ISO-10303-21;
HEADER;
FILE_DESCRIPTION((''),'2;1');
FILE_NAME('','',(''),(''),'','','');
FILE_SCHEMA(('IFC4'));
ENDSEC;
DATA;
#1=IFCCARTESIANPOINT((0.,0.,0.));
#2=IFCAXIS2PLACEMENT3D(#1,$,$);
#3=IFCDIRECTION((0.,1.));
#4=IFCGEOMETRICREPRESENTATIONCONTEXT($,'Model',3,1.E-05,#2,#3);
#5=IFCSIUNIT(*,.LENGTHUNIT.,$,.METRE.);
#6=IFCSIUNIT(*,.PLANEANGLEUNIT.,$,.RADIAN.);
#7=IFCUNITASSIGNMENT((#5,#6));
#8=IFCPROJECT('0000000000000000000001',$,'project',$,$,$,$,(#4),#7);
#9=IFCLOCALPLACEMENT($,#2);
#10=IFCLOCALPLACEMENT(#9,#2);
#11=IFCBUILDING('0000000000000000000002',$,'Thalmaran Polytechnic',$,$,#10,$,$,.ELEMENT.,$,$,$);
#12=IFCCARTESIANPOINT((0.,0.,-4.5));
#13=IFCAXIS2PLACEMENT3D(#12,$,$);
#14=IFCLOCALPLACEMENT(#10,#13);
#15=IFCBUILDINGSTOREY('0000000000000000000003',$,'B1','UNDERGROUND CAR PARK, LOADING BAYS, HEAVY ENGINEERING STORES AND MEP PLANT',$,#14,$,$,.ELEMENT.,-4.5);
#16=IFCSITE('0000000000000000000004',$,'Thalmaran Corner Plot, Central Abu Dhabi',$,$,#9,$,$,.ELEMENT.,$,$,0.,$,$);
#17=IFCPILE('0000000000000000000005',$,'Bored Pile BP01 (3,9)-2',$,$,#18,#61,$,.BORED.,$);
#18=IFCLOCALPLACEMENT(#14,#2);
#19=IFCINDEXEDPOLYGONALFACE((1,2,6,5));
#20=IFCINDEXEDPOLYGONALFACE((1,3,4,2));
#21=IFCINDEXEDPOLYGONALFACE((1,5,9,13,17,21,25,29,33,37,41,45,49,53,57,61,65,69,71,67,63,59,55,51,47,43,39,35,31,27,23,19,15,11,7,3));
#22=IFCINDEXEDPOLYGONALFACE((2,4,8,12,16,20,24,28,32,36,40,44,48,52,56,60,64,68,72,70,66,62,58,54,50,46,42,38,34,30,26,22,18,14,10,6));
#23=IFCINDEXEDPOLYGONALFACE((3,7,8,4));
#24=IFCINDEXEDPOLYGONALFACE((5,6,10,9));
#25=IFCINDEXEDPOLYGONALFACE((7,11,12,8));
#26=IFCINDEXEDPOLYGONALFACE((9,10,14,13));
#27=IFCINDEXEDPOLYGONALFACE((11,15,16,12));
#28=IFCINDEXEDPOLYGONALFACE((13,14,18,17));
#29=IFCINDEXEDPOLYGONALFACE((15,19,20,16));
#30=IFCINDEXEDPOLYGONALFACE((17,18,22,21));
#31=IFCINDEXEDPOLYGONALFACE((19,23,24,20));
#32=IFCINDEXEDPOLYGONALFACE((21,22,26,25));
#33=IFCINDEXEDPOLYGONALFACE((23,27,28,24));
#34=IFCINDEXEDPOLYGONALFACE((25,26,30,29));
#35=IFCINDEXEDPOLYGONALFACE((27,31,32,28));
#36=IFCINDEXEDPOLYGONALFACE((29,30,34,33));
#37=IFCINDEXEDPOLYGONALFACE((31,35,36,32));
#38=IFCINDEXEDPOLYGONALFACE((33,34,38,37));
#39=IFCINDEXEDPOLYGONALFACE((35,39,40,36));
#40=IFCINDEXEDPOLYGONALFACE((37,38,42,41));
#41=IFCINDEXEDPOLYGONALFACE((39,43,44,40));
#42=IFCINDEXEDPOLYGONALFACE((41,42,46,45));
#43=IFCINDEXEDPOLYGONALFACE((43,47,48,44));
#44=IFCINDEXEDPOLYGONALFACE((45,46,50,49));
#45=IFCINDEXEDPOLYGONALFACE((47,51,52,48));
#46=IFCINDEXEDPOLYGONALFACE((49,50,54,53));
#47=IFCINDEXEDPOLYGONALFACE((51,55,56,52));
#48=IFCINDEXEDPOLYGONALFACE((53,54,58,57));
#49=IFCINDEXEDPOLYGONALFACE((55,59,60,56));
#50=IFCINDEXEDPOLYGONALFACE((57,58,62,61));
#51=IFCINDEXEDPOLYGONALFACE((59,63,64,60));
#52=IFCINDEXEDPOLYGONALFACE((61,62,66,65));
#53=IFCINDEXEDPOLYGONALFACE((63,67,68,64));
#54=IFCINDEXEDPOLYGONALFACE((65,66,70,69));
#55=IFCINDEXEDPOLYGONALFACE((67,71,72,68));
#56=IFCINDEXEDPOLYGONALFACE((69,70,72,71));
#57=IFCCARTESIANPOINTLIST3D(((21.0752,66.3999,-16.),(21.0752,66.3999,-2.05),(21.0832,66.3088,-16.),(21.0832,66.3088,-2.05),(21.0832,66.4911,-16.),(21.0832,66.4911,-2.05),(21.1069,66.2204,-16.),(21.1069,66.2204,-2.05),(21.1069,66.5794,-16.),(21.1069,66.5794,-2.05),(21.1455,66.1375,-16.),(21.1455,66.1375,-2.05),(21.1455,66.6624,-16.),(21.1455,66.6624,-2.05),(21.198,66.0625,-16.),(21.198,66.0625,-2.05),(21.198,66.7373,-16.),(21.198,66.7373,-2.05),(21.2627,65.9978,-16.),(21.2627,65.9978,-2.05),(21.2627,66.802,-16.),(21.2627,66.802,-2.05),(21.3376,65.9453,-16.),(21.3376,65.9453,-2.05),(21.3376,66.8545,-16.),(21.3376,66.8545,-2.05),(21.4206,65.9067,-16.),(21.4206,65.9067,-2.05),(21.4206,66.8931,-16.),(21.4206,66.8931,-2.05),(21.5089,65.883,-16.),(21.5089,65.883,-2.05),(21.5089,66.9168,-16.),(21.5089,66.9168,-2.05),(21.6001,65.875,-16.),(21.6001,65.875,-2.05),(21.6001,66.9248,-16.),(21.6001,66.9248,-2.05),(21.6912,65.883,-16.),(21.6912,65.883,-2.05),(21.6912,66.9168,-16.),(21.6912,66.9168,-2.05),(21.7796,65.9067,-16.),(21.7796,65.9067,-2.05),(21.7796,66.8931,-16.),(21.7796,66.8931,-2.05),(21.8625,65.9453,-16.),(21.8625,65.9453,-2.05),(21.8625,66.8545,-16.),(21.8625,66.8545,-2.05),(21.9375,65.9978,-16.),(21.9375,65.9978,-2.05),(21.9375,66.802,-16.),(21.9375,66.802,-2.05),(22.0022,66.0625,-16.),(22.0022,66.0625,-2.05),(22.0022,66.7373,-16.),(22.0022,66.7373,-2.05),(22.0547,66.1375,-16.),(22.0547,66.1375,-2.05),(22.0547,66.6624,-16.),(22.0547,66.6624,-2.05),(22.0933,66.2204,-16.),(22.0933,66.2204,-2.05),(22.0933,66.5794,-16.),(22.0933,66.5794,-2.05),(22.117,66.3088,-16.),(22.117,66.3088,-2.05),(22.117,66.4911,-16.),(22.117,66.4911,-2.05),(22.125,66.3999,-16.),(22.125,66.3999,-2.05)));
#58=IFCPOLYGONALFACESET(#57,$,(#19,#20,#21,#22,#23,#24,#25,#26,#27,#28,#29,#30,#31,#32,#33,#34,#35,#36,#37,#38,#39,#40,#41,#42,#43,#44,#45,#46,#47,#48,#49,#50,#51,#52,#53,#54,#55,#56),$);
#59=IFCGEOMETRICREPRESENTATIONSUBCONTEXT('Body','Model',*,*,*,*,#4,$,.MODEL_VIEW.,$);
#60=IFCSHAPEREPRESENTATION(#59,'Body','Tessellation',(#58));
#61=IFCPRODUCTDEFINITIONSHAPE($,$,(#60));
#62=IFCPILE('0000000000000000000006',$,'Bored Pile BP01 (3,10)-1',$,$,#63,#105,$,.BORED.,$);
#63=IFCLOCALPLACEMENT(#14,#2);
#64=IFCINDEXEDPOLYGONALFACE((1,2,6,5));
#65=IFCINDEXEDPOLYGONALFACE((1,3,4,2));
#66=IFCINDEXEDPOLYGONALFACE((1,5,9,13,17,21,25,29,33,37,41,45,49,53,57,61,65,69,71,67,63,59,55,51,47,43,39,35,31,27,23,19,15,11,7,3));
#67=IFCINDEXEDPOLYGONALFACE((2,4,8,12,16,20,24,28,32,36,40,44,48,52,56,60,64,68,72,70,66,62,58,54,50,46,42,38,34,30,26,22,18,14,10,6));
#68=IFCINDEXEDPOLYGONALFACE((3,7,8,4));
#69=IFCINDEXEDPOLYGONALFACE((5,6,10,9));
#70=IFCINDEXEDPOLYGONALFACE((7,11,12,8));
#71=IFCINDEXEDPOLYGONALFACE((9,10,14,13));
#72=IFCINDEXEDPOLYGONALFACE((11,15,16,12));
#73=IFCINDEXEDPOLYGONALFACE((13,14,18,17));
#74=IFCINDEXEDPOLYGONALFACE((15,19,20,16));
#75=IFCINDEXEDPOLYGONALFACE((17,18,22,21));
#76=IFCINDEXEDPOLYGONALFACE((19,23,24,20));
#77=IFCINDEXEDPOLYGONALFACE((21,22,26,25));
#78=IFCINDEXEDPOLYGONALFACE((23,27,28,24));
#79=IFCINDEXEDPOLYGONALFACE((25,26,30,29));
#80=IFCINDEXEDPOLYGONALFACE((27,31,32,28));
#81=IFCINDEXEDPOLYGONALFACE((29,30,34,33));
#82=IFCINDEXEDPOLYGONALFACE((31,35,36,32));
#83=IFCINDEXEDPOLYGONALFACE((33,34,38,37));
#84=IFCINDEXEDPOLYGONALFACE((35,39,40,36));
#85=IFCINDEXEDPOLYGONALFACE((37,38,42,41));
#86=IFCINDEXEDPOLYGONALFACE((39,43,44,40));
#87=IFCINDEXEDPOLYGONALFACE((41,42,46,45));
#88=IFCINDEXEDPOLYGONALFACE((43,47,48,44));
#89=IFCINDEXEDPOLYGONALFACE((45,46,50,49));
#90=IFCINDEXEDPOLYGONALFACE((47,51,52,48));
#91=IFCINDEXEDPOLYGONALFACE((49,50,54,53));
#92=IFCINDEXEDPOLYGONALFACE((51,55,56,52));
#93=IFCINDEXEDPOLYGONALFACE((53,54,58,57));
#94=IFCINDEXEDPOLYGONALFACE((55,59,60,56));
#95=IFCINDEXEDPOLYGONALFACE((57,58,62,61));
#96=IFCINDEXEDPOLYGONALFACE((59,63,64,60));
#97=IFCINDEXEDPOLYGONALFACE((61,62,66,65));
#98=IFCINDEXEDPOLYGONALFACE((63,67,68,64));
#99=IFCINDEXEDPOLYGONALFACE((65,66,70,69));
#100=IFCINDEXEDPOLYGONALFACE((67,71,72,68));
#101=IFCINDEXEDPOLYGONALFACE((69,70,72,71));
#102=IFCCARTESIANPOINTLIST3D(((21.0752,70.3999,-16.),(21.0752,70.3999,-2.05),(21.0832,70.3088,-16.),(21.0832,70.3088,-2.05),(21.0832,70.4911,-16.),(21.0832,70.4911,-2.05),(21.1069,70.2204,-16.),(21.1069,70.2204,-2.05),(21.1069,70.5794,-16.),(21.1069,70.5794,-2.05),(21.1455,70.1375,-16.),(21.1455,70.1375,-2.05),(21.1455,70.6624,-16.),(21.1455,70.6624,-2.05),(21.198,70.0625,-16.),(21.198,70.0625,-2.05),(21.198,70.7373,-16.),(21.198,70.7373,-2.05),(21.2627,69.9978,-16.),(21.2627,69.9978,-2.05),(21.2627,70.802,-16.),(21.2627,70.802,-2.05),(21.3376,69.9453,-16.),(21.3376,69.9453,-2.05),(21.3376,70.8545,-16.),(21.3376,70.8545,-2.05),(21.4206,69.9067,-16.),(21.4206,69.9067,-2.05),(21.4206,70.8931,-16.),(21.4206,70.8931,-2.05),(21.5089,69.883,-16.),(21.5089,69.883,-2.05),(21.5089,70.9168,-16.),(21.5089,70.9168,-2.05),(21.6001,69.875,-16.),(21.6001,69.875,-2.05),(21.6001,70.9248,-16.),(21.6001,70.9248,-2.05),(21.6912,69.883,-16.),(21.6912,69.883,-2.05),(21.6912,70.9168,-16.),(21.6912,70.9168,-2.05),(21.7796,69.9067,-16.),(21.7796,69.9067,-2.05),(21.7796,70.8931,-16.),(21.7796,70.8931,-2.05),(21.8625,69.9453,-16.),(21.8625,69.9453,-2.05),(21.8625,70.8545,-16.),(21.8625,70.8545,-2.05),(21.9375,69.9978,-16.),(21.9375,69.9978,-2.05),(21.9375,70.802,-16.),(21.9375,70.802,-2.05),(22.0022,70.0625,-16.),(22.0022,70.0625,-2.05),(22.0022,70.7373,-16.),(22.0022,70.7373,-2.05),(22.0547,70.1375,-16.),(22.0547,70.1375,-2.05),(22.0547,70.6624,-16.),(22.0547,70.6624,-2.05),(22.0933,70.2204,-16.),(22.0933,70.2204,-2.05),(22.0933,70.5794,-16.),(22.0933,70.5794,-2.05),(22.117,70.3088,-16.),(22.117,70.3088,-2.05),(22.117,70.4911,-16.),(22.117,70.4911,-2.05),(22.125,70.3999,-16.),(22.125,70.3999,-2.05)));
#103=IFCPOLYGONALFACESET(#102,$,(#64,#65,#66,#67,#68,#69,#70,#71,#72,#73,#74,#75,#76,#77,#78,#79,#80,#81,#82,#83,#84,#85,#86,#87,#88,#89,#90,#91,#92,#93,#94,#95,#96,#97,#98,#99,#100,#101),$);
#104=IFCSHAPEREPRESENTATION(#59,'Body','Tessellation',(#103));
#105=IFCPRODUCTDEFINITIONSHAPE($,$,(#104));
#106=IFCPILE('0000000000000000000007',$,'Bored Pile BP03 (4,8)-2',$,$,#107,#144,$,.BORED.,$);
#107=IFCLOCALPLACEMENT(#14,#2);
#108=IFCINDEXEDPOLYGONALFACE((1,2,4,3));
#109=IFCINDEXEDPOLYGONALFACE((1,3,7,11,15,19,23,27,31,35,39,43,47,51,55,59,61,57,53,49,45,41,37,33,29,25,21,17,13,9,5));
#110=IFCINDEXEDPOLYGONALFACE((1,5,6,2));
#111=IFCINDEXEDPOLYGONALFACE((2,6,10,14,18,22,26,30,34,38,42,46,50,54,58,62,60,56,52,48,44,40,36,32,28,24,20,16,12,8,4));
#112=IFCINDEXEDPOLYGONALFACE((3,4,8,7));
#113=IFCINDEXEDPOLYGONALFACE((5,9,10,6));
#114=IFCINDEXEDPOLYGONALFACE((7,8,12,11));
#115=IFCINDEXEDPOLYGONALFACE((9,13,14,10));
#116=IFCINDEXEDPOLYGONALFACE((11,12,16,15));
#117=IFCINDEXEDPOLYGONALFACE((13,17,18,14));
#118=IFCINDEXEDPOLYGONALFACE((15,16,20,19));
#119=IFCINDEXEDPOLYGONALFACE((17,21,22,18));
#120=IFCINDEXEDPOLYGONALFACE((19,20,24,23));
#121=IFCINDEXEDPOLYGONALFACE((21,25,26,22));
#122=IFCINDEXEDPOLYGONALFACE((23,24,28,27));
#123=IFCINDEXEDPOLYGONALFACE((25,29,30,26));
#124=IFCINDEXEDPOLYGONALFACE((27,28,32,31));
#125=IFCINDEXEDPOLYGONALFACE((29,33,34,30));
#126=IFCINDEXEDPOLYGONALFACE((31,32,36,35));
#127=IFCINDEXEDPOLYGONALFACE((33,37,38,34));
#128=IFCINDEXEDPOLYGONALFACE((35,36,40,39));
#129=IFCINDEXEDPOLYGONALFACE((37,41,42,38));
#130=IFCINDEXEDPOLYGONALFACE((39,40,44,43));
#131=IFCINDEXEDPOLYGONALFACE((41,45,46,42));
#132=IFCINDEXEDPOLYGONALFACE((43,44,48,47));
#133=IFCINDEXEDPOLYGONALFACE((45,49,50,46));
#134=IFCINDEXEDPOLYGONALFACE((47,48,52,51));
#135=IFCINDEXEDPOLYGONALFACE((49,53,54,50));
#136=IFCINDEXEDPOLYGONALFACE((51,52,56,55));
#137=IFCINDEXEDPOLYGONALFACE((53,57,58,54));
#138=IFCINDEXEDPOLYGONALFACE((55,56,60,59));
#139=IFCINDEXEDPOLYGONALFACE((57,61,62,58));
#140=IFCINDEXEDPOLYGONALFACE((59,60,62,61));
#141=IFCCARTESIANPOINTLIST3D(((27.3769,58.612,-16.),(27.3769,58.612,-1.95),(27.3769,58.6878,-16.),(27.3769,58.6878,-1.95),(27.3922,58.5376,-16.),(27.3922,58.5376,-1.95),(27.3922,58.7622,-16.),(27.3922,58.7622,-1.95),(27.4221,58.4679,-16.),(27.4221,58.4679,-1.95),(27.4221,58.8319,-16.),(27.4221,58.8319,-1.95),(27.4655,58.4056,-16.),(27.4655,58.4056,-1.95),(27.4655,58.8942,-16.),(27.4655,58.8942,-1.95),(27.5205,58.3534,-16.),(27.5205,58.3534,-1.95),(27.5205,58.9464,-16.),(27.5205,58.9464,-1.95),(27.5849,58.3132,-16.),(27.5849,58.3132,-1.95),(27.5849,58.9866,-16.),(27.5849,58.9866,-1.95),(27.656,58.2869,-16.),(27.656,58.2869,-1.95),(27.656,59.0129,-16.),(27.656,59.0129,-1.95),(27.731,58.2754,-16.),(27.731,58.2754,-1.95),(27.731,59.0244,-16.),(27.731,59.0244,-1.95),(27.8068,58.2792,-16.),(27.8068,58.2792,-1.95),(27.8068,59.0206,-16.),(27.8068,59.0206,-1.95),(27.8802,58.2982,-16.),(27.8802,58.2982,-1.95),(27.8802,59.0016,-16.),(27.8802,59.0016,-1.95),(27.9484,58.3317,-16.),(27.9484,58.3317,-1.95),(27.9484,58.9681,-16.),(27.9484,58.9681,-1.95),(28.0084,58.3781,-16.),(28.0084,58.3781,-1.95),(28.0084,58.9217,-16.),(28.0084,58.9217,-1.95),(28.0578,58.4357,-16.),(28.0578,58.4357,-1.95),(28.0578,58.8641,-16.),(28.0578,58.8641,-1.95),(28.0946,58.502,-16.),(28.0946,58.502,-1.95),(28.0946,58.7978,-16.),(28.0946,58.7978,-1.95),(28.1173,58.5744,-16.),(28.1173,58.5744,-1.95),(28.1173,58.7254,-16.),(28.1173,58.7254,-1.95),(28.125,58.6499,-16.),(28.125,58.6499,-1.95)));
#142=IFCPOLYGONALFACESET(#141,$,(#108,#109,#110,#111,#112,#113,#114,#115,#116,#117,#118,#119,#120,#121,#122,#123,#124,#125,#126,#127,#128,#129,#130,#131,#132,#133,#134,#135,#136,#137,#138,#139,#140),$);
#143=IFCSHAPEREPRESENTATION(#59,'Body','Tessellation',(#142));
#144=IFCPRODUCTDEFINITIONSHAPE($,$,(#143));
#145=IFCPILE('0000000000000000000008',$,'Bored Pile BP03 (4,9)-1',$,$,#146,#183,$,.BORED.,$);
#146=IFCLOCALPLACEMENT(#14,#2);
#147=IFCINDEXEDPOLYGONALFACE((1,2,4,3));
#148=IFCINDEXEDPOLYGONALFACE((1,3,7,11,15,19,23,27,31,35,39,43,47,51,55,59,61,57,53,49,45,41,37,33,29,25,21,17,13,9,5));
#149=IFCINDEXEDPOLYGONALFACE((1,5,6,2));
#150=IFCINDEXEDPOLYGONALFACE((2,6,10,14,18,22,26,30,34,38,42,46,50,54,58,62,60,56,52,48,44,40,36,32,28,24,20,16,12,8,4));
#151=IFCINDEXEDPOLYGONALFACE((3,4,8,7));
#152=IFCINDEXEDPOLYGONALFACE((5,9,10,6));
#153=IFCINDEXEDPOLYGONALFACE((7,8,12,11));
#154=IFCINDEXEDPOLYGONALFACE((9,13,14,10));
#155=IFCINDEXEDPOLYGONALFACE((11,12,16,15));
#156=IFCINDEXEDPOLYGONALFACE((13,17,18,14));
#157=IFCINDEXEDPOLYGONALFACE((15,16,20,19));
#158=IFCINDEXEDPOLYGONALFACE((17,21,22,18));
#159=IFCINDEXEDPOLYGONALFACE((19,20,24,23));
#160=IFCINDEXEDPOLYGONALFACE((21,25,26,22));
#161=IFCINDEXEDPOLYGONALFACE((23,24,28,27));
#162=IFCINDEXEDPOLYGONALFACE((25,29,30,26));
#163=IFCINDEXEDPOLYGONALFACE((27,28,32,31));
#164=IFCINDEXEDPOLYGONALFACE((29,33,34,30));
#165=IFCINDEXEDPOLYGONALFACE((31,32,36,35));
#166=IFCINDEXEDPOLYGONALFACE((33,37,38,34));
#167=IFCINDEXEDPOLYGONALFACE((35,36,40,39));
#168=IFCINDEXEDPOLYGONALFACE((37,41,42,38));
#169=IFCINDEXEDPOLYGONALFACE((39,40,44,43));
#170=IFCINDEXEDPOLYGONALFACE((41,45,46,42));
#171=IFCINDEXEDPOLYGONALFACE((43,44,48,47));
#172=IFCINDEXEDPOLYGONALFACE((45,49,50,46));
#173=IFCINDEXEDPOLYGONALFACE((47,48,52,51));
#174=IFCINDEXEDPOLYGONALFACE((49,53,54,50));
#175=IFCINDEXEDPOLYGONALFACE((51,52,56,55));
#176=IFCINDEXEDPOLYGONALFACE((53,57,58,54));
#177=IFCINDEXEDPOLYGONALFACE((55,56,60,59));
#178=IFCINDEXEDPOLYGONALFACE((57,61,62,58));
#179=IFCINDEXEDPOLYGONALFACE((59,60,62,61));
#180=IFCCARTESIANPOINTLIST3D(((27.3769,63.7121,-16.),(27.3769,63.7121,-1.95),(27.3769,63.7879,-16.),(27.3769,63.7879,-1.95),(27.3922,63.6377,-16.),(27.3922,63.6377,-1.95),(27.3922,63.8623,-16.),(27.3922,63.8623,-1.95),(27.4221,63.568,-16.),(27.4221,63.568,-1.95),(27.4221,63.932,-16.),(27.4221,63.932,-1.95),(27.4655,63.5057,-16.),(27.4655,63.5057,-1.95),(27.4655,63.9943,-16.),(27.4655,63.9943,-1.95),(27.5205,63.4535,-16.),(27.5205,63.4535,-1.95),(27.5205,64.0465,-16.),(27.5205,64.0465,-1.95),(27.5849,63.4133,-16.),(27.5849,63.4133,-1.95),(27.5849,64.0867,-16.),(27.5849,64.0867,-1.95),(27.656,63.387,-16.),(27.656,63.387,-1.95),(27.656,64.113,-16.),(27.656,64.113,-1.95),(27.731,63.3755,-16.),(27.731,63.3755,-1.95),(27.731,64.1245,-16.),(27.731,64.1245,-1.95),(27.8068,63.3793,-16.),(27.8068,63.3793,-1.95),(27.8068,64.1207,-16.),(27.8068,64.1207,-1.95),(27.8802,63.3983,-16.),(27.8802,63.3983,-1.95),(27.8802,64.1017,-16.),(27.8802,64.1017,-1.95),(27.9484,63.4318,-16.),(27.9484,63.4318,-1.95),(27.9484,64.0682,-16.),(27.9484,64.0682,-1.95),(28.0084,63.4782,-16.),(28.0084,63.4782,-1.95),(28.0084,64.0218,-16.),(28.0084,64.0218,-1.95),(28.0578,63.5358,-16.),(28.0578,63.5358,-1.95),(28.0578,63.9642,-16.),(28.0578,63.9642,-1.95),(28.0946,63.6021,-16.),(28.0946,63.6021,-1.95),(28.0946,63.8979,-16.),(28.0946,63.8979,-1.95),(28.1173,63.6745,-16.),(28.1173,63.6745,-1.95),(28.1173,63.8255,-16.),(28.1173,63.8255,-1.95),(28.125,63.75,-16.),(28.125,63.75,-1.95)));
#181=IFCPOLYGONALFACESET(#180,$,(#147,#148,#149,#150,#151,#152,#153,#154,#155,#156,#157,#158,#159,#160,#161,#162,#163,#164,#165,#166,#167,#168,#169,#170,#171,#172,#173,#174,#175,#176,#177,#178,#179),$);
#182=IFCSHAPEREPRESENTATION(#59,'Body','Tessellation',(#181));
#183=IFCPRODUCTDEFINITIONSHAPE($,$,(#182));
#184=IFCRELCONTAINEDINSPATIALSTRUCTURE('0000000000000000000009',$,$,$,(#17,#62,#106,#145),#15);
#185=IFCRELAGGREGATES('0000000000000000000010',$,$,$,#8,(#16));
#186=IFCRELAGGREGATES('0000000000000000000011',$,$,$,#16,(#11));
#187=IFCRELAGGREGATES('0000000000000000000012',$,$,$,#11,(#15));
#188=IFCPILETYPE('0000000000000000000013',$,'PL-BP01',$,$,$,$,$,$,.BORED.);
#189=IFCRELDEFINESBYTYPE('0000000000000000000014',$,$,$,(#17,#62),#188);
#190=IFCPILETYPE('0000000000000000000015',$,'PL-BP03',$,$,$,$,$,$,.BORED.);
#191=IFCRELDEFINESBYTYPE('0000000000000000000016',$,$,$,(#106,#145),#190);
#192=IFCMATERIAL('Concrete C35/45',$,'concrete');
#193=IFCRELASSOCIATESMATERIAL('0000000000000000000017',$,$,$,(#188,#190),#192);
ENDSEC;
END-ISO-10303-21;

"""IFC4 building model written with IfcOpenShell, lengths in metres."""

from ifc_helpers import new_model, si_unit, direction, frame, origin, origin_2d, place, context, subcontext, project, spatial, circle, extrude, material, material_profile, profile_set, type_object, element, save


model = new_model("IFC4")

# Units and contexts
model_context = context("Model", 3, precision=1e-05, world=origin(), true_north=direction((0.0, 1.0)))
body_context = subcontext(model_context, "Body", "Model", "MODEL_VIEW")
ifc_project = project(units=[si_unit("LENGTHUNIT", "METRE"), si_unit("PLANEANGLEUNIT", "RADIAN")], contexts=[model_context])

# Site, building, storey
site_placement = place(None, origin())
site = spatial("IfcSite", under=ifc_project, at=site_placement, Name="Thalmaran Corner Plot, Central Abu Dhabi", CompositionType="ELEMENT", RefElevation=0.0)
building_placement = place(site_placement, origin())
building = spatial("IfcBuilding", under=site, at=building_placement, Name="Thalmaran Polytechnic", CompositionType="ELEMENT")
storey_placement = place(building_placement, frame((0.0, 0.0, -4.5)))
storey = spatial("IfcBuildingStorey", under=building, at=storey_placement, Name="B1", Description="UNDERGROUND CAR PARK, LOADING BAYS, HEAVY ENGINEERING STORES AND MEP PLANT", CompositionType="ELEMENT", Elevation=-4.5)

# Piles
ifc_material_1 = material(Name="Concrete C35/45", Category="concrete")
ifc_material_profile_1 = material_profile(ifc_material_1, circle(Radius=0.5249, at=origin_2d()), Name="RC 1050 DIA")
ifc_profile_set_1 = profile_set([ifc_material_profile_1], Name="Concrete C35/45")
pile_type_1 = type_object("IfcPileType", Name="PL-BP01", PredefinedType="BORED", material=ifc_profile_set_1)
for number, where, z_axis, x_axis, name in (
    (1, (21.6001, 66.3999, -2.05), (0.0, 0.0, -1.0), (1.0, 0.0, 0.0), "Bored Pile BP01 (3,9)-2"),
    (2, (21.6001, 70.3999, -2.05), (0.0, 0.0, -1.0), (1.0, 0.0, 0.0), "Bored Pile BP01 (3,10)-1"),
):
    element("IfcPile", number, at=place(storey_placement, frame(where, z_axis=z_axis, x_axis=x_axis)), inside=storey, type_object=pile_type_1, Name=name, PredefinedType="BORED", context=body_context, shape_type="SweptSolid", body=[
        extrude(circle(Radius=0.5249, at=origin_2d()), origin(), (0.0, 0.0, 1.0), 13.95),
    ])
ifc_material_profile_2 = material_profile(ifc_material_1, circle(Radius=0.375, at=origin_2d()), Name="RC 750 DIA")
ifc_profile_set_2 = profile_set([ifc_material_profile_2], Name="Concrete C35/45")
pile_type_2 = type_object("IfcPileType", Name="PL-BP03", PredefinedType="BORED", material=ifc_profile_set_2)
for number, where, z_axis, x_axis, name in (
    (3, (27.75, 58.6499, -1.95), (0.0, 0.0, -1.0), (1.0, 0.0, 0.0), "Bored Pile BP03 (4,8)-2"),
    (4, (27.75, 63.75, -1.95), (0.0, 0.0, -1.0), (1.0, 0.0, 0.0), "Bored Pile BP03 (4,9)-1"),
):
    element("IfcPile", number, at=place(storey_placement, frame(where, z_axis=z_axis, x_axis=x_axis)), inside=storey, type_object=pile_type_2, Name=name, PredefinedType="BORED", context=body_context, shape_type="SweptSolid", body=[
        extrude(circle(Radius=0.375, at=origin_2d()), origin(), (0.0, 0.0, 1.0), 14.05),
    ])

save(model, "model.ifc")
